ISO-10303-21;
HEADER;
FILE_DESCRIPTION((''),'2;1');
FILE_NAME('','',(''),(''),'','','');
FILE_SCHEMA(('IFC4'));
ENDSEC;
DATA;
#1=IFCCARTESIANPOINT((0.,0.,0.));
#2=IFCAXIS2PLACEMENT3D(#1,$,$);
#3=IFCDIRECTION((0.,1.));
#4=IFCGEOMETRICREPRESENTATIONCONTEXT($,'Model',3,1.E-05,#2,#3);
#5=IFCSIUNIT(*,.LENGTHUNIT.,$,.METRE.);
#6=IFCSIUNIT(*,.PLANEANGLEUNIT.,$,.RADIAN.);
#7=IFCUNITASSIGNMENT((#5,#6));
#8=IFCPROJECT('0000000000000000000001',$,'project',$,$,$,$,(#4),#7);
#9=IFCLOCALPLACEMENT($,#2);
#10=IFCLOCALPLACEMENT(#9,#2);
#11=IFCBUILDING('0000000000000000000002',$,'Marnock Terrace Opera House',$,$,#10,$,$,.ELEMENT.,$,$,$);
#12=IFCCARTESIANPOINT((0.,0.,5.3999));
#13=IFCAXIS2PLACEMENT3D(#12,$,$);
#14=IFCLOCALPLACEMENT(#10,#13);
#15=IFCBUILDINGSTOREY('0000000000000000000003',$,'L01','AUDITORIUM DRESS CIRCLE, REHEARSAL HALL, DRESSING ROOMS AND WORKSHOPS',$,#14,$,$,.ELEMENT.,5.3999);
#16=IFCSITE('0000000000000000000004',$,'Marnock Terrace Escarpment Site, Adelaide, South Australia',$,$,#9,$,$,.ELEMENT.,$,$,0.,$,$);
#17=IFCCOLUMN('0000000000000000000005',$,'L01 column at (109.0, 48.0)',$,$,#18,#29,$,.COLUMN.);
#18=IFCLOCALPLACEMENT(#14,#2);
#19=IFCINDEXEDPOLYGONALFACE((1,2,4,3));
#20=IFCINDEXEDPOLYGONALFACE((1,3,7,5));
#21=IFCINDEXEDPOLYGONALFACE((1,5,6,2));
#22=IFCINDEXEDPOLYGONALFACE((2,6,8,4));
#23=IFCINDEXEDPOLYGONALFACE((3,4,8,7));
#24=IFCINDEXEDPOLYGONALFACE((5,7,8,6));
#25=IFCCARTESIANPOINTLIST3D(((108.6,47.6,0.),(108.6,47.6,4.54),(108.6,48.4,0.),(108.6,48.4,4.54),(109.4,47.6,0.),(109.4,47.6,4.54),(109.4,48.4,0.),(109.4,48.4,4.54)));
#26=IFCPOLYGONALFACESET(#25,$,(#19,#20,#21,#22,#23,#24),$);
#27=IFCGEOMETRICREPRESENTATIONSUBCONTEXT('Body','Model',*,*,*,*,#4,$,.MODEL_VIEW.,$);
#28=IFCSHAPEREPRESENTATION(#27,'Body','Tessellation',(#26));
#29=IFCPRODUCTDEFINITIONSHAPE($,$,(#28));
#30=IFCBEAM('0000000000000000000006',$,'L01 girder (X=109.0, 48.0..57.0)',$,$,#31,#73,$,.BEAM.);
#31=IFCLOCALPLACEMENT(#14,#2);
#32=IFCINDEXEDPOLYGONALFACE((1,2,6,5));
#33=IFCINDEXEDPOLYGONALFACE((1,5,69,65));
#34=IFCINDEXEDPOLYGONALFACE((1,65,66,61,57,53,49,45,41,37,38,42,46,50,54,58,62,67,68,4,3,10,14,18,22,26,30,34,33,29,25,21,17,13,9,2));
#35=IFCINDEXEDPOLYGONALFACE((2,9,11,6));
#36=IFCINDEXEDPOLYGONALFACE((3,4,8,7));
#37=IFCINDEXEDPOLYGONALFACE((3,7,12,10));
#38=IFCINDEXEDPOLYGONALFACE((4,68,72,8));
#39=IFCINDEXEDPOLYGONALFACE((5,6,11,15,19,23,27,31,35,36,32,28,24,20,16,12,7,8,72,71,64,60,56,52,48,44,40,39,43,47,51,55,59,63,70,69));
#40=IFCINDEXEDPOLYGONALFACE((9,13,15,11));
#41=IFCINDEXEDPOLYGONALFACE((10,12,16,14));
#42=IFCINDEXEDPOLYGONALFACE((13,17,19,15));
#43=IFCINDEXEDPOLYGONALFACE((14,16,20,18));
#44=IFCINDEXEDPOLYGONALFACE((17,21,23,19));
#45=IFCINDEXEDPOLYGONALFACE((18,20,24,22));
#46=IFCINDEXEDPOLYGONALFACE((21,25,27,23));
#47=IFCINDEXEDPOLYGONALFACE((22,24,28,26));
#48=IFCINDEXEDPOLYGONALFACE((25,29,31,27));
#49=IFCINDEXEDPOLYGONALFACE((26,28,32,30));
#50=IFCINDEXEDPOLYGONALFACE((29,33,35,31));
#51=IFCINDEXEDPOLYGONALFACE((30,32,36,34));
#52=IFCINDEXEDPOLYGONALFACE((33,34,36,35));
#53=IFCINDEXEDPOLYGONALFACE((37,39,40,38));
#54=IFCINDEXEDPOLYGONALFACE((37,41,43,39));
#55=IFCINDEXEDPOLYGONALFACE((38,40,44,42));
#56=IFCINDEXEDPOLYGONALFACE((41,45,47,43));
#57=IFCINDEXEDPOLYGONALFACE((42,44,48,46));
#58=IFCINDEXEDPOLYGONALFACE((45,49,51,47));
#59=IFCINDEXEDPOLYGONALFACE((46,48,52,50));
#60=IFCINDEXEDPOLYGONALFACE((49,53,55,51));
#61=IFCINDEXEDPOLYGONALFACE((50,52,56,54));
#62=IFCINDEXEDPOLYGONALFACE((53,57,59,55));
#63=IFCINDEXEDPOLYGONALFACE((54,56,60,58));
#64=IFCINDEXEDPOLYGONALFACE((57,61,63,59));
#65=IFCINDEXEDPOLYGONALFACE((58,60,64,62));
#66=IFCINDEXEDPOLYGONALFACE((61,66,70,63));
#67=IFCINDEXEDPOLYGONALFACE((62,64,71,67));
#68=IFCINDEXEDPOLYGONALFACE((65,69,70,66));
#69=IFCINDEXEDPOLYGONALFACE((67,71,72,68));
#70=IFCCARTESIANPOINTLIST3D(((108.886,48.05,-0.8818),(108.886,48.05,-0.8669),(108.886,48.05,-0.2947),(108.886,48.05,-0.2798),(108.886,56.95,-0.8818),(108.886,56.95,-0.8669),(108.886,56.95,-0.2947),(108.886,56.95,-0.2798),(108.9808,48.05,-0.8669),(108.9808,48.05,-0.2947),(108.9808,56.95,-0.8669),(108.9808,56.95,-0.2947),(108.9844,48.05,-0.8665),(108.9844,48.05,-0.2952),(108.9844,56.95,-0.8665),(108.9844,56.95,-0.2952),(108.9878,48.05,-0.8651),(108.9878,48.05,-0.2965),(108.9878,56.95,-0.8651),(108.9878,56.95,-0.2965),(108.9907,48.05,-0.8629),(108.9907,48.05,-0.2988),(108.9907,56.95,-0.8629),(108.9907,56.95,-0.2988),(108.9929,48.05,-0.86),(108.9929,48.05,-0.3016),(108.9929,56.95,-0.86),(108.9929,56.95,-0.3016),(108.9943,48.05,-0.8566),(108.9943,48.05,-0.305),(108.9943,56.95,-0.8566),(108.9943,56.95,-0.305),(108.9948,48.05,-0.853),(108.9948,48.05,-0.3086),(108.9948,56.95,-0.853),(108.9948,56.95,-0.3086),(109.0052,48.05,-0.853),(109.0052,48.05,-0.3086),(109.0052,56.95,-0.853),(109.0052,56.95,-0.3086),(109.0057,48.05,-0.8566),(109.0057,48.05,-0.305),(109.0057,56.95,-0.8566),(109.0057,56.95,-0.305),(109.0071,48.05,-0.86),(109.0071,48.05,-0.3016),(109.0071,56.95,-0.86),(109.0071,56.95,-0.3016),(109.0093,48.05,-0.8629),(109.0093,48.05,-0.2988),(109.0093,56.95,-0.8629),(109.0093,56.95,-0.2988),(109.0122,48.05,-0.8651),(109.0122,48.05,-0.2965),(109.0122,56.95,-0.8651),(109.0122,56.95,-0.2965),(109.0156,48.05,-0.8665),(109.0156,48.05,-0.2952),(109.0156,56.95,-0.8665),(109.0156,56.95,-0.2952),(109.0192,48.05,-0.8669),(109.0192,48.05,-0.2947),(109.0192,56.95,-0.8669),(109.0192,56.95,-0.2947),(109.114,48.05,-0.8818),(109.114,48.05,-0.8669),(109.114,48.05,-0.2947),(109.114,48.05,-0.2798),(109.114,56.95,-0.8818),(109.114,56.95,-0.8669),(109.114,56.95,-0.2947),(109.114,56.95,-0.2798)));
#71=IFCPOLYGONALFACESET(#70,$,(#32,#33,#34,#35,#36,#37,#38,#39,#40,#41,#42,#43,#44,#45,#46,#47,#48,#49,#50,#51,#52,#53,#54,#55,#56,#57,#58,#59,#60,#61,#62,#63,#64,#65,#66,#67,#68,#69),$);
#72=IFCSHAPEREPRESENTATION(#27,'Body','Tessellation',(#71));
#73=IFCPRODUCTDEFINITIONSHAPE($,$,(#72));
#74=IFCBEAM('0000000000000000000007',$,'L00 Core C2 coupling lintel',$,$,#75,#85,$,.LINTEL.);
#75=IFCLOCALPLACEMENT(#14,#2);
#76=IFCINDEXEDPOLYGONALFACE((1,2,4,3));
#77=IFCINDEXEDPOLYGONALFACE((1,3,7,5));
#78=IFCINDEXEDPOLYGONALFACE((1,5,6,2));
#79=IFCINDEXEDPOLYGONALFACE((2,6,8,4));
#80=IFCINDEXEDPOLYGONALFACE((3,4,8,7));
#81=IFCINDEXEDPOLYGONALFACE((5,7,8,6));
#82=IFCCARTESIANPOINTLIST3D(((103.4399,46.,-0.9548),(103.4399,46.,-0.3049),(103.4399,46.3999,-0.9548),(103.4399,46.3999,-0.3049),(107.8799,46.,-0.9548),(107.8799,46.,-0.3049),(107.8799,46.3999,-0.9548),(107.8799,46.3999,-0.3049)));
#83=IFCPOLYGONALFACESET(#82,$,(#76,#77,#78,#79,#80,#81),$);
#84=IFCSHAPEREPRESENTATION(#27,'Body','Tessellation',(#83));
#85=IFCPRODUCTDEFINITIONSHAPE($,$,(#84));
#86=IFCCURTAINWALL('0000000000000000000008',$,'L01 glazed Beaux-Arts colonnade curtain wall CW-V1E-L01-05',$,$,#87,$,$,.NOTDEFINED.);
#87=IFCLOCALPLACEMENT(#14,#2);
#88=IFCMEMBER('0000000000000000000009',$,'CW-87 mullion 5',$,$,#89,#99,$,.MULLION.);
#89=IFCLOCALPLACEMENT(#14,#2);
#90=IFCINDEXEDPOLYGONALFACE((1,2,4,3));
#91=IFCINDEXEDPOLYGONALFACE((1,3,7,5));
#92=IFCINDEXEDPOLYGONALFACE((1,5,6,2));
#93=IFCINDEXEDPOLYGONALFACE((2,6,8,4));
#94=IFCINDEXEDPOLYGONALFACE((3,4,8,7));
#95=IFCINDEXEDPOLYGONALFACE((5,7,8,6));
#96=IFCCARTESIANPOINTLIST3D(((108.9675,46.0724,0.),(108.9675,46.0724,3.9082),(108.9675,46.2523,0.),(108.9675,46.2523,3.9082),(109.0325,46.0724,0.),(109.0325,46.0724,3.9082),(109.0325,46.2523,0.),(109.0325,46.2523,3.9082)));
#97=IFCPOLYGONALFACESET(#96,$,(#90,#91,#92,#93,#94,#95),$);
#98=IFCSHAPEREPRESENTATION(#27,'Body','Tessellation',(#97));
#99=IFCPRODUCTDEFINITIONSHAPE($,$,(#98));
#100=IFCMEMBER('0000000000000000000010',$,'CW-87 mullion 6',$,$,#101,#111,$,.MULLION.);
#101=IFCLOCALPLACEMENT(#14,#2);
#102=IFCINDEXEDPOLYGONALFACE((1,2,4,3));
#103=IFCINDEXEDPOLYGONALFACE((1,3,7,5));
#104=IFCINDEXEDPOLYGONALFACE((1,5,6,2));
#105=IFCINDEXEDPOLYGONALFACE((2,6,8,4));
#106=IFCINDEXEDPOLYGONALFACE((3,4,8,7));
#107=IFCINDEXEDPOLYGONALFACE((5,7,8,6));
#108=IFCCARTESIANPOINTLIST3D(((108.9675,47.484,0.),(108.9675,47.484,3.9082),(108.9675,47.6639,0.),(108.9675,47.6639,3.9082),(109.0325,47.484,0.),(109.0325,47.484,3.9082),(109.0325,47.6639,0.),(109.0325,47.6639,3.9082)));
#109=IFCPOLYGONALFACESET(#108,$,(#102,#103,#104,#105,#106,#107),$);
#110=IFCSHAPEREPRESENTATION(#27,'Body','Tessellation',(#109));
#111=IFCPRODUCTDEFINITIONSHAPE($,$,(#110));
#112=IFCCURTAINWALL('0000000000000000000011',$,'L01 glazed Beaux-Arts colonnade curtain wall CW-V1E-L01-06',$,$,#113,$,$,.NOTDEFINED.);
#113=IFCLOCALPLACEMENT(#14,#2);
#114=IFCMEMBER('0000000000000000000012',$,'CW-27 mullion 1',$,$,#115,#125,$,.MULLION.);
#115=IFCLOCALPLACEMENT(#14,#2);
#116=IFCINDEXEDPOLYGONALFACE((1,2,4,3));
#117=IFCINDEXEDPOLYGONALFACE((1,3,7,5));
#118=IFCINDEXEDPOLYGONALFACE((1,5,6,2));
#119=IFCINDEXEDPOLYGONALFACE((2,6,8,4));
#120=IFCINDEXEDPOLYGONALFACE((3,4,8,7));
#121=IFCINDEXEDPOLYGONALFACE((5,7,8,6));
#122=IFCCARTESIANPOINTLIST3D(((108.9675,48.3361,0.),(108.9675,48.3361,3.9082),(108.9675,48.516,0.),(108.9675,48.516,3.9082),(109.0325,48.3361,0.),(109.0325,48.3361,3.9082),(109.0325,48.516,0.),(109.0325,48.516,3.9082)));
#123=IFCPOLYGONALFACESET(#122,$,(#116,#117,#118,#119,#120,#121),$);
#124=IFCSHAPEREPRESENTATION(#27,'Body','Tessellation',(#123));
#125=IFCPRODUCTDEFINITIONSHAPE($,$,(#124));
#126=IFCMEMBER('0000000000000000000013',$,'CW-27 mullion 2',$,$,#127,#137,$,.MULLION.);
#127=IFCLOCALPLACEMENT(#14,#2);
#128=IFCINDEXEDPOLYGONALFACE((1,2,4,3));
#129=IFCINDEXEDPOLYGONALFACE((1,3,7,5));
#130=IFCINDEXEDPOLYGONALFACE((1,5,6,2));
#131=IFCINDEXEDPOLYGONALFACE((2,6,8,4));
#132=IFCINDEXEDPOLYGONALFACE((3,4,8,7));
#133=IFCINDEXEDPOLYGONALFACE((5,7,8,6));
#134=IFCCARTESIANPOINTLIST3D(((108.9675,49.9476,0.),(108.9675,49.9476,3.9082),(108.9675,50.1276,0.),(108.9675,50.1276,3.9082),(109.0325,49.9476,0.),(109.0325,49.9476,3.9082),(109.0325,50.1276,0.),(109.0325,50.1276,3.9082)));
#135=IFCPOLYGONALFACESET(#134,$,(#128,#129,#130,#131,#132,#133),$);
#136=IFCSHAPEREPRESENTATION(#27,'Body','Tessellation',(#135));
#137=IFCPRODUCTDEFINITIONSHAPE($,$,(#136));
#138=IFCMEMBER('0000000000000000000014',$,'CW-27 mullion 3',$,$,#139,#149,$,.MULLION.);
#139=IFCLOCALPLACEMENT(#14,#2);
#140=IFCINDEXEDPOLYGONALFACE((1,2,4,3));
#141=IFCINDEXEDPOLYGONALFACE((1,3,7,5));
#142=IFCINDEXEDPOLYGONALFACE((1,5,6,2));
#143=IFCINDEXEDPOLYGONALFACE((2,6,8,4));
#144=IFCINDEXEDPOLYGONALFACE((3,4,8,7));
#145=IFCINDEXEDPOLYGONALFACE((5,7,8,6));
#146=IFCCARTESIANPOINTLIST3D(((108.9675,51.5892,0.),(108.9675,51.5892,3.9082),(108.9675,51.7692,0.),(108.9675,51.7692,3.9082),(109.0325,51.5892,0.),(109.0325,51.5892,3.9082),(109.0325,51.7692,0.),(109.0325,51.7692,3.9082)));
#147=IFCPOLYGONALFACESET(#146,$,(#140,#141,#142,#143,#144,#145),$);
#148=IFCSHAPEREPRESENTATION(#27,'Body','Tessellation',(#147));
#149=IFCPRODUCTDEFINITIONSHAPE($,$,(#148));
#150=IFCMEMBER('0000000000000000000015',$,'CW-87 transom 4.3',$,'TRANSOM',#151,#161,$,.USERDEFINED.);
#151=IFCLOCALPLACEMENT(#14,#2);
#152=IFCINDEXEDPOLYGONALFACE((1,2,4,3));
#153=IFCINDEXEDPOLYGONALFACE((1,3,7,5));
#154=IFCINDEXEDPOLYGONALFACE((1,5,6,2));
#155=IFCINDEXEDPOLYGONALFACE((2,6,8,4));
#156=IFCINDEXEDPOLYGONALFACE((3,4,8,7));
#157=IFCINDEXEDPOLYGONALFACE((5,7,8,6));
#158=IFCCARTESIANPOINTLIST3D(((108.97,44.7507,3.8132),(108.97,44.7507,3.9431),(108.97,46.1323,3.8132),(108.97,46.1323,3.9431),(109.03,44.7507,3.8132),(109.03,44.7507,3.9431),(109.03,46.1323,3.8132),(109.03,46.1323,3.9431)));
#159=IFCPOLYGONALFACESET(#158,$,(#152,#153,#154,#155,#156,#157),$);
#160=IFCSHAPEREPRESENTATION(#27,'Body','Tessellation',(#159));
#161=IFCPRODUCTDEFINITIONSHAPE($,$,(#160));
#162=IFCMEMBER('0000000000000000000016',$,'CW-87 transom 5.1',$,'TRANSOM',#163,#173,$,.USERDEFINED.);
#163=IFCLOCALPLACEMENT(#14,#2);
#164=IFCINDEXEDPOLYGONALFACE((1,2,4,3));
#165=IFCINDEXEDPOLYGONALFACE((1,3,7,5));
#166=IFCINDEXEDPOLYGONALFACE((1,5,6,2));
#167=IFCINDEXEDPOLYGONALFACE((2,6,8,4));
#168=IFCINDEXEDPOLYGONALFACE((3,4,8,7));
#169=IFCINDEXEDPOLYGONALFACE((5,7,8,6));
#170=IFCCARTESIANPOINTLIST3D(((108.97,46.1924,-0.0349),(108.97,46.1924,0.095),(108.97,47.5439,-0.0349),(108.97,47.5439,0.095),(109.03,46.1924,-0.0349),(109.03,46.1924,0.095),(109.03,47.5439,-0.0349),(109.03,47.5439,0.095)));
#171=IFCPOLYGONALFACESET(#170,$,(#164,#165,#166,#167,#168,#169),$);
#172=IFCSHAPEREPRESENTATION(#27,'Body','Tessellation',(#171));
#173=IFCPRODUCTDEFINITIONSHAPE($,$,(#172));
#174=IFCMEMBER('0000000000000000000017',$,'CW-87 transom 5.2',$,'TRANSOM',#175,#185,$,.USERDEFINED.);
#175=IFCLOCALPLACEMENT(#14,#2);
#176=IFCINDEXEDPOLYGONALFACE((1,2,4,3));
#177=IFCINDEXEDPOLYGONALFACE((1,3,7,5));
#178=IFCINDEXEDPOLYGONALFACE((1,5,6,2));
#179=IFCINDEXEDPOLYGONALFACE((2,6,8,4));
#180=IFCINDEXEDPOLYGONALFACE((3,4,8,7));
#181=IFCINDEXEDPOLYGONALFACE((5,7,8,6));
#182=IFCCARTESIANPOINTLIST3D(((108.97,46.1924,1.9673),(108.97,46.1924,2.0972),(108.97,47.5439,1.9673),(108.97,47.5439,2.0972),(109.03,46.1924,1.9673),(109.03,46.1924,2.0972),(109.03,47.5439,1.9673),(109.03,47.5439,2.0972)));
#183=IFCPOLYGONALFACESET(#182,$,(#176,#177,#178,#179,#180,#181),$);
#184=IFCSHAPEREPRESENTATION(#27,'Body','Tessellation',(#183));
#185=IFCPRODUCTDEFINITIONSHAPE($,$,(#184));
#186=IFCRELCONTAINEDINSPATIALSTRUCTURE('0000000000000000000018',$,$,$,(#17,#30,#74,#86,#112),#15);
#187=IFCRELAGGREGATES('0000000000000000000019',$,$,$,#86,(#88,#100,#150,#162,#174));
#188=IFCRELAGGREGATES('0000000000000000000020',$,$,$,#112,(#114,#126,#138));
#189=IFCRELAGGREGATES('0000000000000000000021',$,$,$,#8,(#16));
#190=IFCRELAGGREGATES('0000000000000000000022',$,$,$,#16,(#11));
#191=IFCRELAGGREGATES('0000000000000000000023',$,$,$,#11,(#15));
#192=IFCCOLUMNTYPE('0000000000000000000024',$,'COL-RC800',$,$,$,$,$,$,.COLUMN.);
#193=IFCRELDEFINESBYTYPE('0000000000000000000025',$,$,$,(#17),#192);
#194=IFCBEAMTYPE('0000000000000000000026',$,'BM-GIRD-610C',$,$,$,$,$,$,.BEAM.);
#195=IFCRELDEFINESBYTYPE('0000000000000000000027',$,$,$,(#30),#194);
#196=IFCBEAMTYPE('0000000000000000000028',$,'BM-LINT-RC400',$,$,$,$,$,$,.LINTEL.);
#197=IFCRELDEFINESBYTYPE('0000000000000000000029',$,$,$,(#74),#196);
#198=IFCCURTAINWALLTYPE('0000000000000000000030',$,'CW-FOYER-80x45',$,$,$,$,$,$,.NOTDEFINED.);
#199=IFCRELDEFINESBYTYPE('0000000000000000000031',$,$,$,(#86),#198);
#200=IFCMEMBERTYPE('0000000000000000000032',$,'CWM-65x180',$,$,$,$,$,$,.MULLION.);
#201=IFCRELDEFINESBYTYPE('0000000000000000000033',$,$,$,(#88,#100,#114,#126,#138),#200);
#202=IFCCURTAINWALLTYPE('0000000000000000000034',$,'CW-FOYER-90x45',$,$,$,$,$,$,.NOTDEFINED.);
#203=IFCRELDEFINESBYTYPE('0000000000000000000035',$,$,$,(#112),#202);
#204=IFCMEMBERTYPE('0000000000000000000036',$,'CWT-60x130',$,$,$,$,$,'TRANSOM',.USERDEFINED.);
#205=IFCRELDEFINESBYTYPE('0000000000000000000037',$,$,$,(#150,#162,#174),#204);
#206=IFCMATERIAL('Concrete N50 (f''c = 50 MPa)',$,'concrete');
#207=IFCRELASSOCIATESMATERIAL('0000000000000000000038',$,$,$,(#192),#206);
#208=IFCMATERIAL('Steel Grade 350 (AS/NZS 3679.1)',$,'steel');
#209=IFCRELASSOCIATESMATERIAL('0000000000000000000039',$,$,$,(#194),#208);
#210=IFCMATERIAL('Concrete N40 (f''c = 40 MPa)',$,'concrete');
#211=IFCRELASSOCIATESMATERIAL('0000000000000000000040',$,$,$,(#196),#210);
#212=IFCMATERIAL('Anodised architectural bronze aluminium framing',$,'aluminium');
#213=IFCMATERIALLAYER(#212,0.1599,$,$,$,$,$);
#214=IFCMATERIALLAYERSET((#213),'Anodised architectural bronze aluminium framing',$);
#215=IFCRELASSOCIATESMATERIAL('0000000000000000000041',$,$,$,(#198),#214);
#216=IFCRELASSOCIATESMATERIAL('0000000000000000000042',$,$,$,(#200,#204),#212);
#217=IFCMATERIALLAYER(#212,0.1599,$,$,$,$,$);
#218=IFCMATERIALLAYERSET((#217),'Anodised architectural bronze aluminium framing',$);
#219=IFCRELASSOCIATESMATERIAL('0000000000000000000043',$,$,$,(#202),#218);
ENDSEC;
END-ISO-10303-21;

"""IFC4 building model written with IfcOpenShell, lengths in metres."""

from ifc_helpers import new_model, si_unit, direction, frame, origin, origin_2d, place, context, subcontext, project, spatial, rectangle, i_section, extrude, material, layer, layer_set, material_profile, profile_set, type_object, element, aggregate, save


model = new_model("IFC4")

# Units and contexts
model_context = context("Model", 3, precision=1e-05, world=origin(), true_north=direction((0.0, 1.0)))
body_context = subcontext(model_context, "Body", "Model", "MODEL_VIEW")
ifc_project = project(units=[si_unit("LENGTHUNIT", "METRE"), si_unit("PLANEANGLEUNIT", "RADIAN")], contexts=[model_context])

# Site, building, storey
site_placement = place(None, origin())
site = spatial("IfcSite", under=ifc_project, at=site_placement, Name="Marnock Terrace Escarpment Site, Adelaide, South Australia", CompositionType="ELEMENT", RefElevation=0.0)
building_placement = place(site_placement, origin())
building = spatial("IfcBuilding", under=site, at=building_placement, Name="Marnock Terrace Opera House", CompositionType="ELEMENT")
storey_placement = place(building_placement, frame((0.0, 0.0, 5.3999)))
storey = spatial("IfcBuildingStorey", under=building, at=storey_placement, Name="L01", Description="AUDITORIUM DRESS CIRCLE, REHEARSAL HALL, DRESSING ROOMS AND WORKSHOPS", CompositionType="ELEMENT", Elevation=5.3999)

# Column
ifc_material_1 = material(Name="Concrete N50 (f'c = 50 MPa)", Category="concrete")
ifc_material_profile_1 = material_profile(ifc_material_1, rectangle(XDim=0.8, YDim=0.8, at=origin_2d()))
ifc_profile_set_1 = profile_set([ifc_material_profile_1], Name="Concrete N50 (f'c = 50 MPa)")
column_type = type_object("IfcColumnType", Name="COL-RC800", PredefinedType="COLUMN", material=ifc_profile_set_1)
column_placement = place(storey_placement, frame((109.0, 48.0, 0.0), z_axis=(0.0, 0.0, 1.0), x_axis=(1.0, 0.0, 0.0)))
element("IfcColumn", 1, at=column_placement, inside=storey, type_object=column_type, Name="L01 column at (109.0, 48.0)", PredefinedType="COLUMN", context=body_context, shape_type="SweptSolid", body=[
    extrude(rectangle(XDim=0.8, YDim=0.8, at=origin_2d()), origin(), (0.0, 0.0, 1.0), 4.54),
])

# Beams
ifc_material_2 = material(Name="Steel Grade 350 (AS/NZS 3679.1)", Category="steel")
ifc_material_profile_2 = material_profile(ifc_material_2, i_section(OverallWidth=0.228, OverallDepth=0.6021, WebThickness=0.0105, FlangeThickness=0.0149, FilletRadius=0.0139, at=origin_2d()))
ifc_profile_set_2 = profile_set([ifc_material_profile_2], Name="Steel Grade 350 (AS/NZS 3679.1)")
beam_type_1 = type_object("IfcBeamType", Name="BM-GIRD-610C", PredefinedType="BEAM", material=ifc_profile_set_2)
beam_1_placement = place(storey_placement, frame((109.0, 48.05, -0.5808), z_axis=(0.0, 1.0, 0.0), x_axis=(-1.0, 0.0, 0.0)))
element("IfcBeam", 2, at=beam_1_placement, inside=storey, type_object=beam_type_1, Name="L01 girder (X=109.0, 48.0..57.0)", PredefinedType="BEAM", context=body_context, shape_type="SweptSolid", body=[
    extrude(i_section(OverallWidth=0.228, OverallDepth=0.6021, WebThickness=0.0105, FlangeThickness=0.0149, FilletRadius=0.0139, at=origin_2d()), origin(), (0.0, 0.0, 1.0), 8.8999),
])
ifc_material_3 = material(Name="Concrete N40 (f'c = 40 MPa)", Category="concrete")
ifc_material_profile_3 = material_profile(ifc_material_3, rectangle(XDim=0.3999, YDim=0.6499, at=origin_2d()))
ifc_profile_set_3 = profile_set([ifc_material_profile_3], Name="Concrete N40 (f'c = 40 MPa)")
beam_type_2 = type_object("IfcBeamType", Name="BM-LINT-RC400", PredefinedType="LINTEL", material=ifc_profile_set_3)
beam_2_placement = place(storey_placement, frame((103.4399, 46.2, -0.6299), z_axis=(1.0, 0.0, 0.0), x_axis=(0.0, 1.0, 0.0)))
element("IfcBeam", 3, at=beam_2_placement, inside=storey, type_object=beam_type_2, Name="L00 Core C2 coupling lintel", PredefinedType="LINTEL", context=body_context, shape_type="SweptSolid", body=[
    extrude(rectangle(XDim=0.3999, YDim=0.6499, at=origin_2d()), origin(), (0.0, 0.0, 1.0), 4.4399),
])

# Curtain walls, members
ifc_material_4 = material(Name="Anodised architectural bronze aluminium framing", Category="aluminium")
ifc_layer_1 = layer(ifc_material_4, 0.1599)
ifc_layer_set_1 = layer_set([ifc_layer_1], Name="Anodised architectural bronze aluminium framing")
curtain_wall_type_1 = type_object("IfcCurtainWallType", Name="CW-FOYER-80x45", PredefinedType="NOTDEFINED", material=ifc_layer_set_1)
curtain_wall_1_placement = place(storey_placement, origin())
curtain_wall_1 = element("IfcCurtainWall", 4, at=curtain_wall_1_placement, inside=storey, type_object=curtain_wall_type_1, Name="L01 glazed Beaux-Arts colonnade curtain wall CW-V1E-L01-05", PredefinedType="NOTDEFINED")
ifc_material_profile_4 = material_profile(ifc_material_4, rectangle(XDim=0.0649, YDim=0.1799, at=origin_2d()))
ifc_profile_set_4 = profile_set([ifc_material_profile_4], Name="Anodised architectural bronze aluminium framing")
member_type_1 = type_object("IfcMemberType", Name="CWM-65x180", PredefinedType="MULLION", material=ifc_profile_set_4)
member_1_placement = place(storey_placement, frame((109.0, 46.1624, 0.0), z_axis=(0.0, 0.0, 1.0), x_axis=(-1.0, 0.0, 0.0)))
member_1 = element("IfcMember", 5, at=member_1_placement, type_object=member_type_1, Name="CW-87 mullion 5", PredefinedType="MULLION", context=body_context, shape_type="SweptSolid", body=[
    extrude(rectangle(XDim=0.0649, YDim=0.1799, at=origin_2d()), origin(), (0.0, 0.0, 1.0), 3.9082),
])
member_2_placement = place(storey_placement, frame((109.0, 47.574, 0.0), z_axis=(0.0, 0.0, 1.0), x_axis=(-1.0, 0.0, 0.0)))
member_2 = element("IfcMember", 6, at=member_2_placement, type_object=member_type_1, Name="CW-87 mullion 6", PredefinedType="MULLION", context=body_context, shape_type="SweptSolid", body=[
    extrude(rectangle(XDim=0.0649, YDim=0.1799, at=origin_2d()), origin(), (0.0, 0.0, 1.0), 3.9082),
])
ifc_layer_2 = layer(ifc_material_4, 0.1599)
ifc_layer_set_2 = layer_set([ifc_layer_2], Name="Anodised architectural bronze aluminium framing")
curtain_wall_type_2 = type_object("IfcCurtainWallType", Name="CW-FOYER-90x45", PredefinedType="NOTDEFINED", material=ifc_layer_set_2)
curtain_wall_2_placement = place(storey_placement, origin())
curtain_wall_2 = element("IfcCurtainWall", 7, at=curtain_wall_2_placement, inside=storey, type_object=curtain_wall_type_2, Name="L01 glazed Beaux-Arts colonnade curtain wall CW-V1E-L01-06", PredefinedType="NOTDEFINED")
member_3_placement = place(storey_placement, frame((109.0, 48.426, 0.0), z_axis=(0.0, 0.0, 1.0), x_axis=(-1.0, 0.0, 0.0)))
member_3 = element("IfcMember", 8, at=member_3_placement, type_object=member_type_1, Name="CW-27 mullion 1", PredefinedType="MULLION", context=body_context, shape_type="SweptSolid", body=[
    extrude(rectangle(XDim=0.0649, YDim=0.1799, at=origin_2d()), origin(), (0.0, 0.0, 1.0), 3.9082),
])
member_4_placement = place(storey_placement, frame((109.0, 50.0376, 0.0), z_axis=(0.0, 0.0, 1.0), x_axis=(-1.0, 0.0, 0.0)))
member_4 = element("IfcMember", 9, at=member_4_placement, type_object=member_type_1, Name="CW-27 mullion 2", PredefinedType="MULLION", context=body_context, shape_type="SweptSolid", body=[
    extrude(rectangle(XDim=0.0649, YDim=0.1799, at=origin_2d()), origin(), (0.0, 0.0, 1.0), 3.9082),
])
member_5_placement = place(storey_placement, frame((109.0, 51.6792, 0.0), z_axis=(0.0, 0.0, 1.0), x_axis=(-1.0, 0.0, 0.0)))
member_5 = element("IfcMember", 10, at=member_5_placement, type_object=member_type_1, Name="CW-27 mullion 3", PredefinedType="MULLION", context=body_context, shape_type="SweptSolid", body=[
    extrude(rectangle(XDim=0.0649, YDim=0.1799, at=origin_2d()), origin(), (0.0, 0.0, 1.0), 3.9082),
])

# Members
ifc_material_profile_5 = material_profile(ifc_material_4, rectangle(XDim=0.0601, YDim=0.1299, at=origin_2d()))
ifc_profile_set_5 = profile_set([ifc_material_profile_5], Name="Anodised architectural bronze aluminium framing")
member_type_2 = type_object("IfcMemberType", Name="CWT-60x130", ElementType="TRANSOM", PredefinedType="USERDEFINED", material=ifc_profile_set_5)
member_6_placement = place(storey_placement, frame((109.0, 44.7507, 3.8782), z_axis=(0.0, 1.0, 0.0), x_axis=(-1.0, 0.0, 0.0)))
member_6 = element("IfcMember", 11, at=member_6_placement, type_object=member_type_2, Name="CW-87 transom 4.3", ObjectType="TRANSOM", PredefinedType="USERDEFINED", context=body_context, shape_type="SweptSolid", body=[
    extrude(rectangle(XDim=0.0601, YDim=0.1299, at=origin_2d()), origin(), (0.0, 0.0, 1.0), 1.3816),
])
member_7_placement = place(storey_placement, frame((109.0, 46.1924, 0.03), z_axis=(0.0, 1.0, 0.0), x_axis=(-1.0, 0.0, 0.0)))
member_7 = element("IfcMember", 12, at=member_7_placement, type_object=member_type_2, Name="CW-87 transom 5.1", ObjectType="TRANSOM", PredefinedType="USERDEFINED", context=body_context, shape_type="SweptSolid", body=[
    extrude(rectangle(XDim=0.0601, YDim=0.1299, at=origin_2d()), origin(), (0.0, 0.0, 1.0), 1.3516),
])
member_8_placement = place(storey_placement, frame((109.0, 46.1924, 2.0322), z_axis=(0.0, 1.0, 0.0), x_axis=(-1.0, 0.0, 0.0)))
member_8 = element("IfcMember", 13, at=member_8_placement, type_object=member_type_2, Name="CW-87 transom 5.2", ObjectType="TRANSOM", PredefinedType="USERDEFINED", context=body_context, shape_type="SweptSolid", body=[
    extrude(rectangle(XDim=0.0601, YDim=0.1299, at=origin_2d()), origin(), (0.0, 0.0, 1.0), 1.3516),
])

aggregate(curtain_wall_1, [member_1, member_2, member_6, member_7, member_8])
aggregate(curtain_wall_2, [member_3, member_4, member_5])

save(model, "model.ifc")
